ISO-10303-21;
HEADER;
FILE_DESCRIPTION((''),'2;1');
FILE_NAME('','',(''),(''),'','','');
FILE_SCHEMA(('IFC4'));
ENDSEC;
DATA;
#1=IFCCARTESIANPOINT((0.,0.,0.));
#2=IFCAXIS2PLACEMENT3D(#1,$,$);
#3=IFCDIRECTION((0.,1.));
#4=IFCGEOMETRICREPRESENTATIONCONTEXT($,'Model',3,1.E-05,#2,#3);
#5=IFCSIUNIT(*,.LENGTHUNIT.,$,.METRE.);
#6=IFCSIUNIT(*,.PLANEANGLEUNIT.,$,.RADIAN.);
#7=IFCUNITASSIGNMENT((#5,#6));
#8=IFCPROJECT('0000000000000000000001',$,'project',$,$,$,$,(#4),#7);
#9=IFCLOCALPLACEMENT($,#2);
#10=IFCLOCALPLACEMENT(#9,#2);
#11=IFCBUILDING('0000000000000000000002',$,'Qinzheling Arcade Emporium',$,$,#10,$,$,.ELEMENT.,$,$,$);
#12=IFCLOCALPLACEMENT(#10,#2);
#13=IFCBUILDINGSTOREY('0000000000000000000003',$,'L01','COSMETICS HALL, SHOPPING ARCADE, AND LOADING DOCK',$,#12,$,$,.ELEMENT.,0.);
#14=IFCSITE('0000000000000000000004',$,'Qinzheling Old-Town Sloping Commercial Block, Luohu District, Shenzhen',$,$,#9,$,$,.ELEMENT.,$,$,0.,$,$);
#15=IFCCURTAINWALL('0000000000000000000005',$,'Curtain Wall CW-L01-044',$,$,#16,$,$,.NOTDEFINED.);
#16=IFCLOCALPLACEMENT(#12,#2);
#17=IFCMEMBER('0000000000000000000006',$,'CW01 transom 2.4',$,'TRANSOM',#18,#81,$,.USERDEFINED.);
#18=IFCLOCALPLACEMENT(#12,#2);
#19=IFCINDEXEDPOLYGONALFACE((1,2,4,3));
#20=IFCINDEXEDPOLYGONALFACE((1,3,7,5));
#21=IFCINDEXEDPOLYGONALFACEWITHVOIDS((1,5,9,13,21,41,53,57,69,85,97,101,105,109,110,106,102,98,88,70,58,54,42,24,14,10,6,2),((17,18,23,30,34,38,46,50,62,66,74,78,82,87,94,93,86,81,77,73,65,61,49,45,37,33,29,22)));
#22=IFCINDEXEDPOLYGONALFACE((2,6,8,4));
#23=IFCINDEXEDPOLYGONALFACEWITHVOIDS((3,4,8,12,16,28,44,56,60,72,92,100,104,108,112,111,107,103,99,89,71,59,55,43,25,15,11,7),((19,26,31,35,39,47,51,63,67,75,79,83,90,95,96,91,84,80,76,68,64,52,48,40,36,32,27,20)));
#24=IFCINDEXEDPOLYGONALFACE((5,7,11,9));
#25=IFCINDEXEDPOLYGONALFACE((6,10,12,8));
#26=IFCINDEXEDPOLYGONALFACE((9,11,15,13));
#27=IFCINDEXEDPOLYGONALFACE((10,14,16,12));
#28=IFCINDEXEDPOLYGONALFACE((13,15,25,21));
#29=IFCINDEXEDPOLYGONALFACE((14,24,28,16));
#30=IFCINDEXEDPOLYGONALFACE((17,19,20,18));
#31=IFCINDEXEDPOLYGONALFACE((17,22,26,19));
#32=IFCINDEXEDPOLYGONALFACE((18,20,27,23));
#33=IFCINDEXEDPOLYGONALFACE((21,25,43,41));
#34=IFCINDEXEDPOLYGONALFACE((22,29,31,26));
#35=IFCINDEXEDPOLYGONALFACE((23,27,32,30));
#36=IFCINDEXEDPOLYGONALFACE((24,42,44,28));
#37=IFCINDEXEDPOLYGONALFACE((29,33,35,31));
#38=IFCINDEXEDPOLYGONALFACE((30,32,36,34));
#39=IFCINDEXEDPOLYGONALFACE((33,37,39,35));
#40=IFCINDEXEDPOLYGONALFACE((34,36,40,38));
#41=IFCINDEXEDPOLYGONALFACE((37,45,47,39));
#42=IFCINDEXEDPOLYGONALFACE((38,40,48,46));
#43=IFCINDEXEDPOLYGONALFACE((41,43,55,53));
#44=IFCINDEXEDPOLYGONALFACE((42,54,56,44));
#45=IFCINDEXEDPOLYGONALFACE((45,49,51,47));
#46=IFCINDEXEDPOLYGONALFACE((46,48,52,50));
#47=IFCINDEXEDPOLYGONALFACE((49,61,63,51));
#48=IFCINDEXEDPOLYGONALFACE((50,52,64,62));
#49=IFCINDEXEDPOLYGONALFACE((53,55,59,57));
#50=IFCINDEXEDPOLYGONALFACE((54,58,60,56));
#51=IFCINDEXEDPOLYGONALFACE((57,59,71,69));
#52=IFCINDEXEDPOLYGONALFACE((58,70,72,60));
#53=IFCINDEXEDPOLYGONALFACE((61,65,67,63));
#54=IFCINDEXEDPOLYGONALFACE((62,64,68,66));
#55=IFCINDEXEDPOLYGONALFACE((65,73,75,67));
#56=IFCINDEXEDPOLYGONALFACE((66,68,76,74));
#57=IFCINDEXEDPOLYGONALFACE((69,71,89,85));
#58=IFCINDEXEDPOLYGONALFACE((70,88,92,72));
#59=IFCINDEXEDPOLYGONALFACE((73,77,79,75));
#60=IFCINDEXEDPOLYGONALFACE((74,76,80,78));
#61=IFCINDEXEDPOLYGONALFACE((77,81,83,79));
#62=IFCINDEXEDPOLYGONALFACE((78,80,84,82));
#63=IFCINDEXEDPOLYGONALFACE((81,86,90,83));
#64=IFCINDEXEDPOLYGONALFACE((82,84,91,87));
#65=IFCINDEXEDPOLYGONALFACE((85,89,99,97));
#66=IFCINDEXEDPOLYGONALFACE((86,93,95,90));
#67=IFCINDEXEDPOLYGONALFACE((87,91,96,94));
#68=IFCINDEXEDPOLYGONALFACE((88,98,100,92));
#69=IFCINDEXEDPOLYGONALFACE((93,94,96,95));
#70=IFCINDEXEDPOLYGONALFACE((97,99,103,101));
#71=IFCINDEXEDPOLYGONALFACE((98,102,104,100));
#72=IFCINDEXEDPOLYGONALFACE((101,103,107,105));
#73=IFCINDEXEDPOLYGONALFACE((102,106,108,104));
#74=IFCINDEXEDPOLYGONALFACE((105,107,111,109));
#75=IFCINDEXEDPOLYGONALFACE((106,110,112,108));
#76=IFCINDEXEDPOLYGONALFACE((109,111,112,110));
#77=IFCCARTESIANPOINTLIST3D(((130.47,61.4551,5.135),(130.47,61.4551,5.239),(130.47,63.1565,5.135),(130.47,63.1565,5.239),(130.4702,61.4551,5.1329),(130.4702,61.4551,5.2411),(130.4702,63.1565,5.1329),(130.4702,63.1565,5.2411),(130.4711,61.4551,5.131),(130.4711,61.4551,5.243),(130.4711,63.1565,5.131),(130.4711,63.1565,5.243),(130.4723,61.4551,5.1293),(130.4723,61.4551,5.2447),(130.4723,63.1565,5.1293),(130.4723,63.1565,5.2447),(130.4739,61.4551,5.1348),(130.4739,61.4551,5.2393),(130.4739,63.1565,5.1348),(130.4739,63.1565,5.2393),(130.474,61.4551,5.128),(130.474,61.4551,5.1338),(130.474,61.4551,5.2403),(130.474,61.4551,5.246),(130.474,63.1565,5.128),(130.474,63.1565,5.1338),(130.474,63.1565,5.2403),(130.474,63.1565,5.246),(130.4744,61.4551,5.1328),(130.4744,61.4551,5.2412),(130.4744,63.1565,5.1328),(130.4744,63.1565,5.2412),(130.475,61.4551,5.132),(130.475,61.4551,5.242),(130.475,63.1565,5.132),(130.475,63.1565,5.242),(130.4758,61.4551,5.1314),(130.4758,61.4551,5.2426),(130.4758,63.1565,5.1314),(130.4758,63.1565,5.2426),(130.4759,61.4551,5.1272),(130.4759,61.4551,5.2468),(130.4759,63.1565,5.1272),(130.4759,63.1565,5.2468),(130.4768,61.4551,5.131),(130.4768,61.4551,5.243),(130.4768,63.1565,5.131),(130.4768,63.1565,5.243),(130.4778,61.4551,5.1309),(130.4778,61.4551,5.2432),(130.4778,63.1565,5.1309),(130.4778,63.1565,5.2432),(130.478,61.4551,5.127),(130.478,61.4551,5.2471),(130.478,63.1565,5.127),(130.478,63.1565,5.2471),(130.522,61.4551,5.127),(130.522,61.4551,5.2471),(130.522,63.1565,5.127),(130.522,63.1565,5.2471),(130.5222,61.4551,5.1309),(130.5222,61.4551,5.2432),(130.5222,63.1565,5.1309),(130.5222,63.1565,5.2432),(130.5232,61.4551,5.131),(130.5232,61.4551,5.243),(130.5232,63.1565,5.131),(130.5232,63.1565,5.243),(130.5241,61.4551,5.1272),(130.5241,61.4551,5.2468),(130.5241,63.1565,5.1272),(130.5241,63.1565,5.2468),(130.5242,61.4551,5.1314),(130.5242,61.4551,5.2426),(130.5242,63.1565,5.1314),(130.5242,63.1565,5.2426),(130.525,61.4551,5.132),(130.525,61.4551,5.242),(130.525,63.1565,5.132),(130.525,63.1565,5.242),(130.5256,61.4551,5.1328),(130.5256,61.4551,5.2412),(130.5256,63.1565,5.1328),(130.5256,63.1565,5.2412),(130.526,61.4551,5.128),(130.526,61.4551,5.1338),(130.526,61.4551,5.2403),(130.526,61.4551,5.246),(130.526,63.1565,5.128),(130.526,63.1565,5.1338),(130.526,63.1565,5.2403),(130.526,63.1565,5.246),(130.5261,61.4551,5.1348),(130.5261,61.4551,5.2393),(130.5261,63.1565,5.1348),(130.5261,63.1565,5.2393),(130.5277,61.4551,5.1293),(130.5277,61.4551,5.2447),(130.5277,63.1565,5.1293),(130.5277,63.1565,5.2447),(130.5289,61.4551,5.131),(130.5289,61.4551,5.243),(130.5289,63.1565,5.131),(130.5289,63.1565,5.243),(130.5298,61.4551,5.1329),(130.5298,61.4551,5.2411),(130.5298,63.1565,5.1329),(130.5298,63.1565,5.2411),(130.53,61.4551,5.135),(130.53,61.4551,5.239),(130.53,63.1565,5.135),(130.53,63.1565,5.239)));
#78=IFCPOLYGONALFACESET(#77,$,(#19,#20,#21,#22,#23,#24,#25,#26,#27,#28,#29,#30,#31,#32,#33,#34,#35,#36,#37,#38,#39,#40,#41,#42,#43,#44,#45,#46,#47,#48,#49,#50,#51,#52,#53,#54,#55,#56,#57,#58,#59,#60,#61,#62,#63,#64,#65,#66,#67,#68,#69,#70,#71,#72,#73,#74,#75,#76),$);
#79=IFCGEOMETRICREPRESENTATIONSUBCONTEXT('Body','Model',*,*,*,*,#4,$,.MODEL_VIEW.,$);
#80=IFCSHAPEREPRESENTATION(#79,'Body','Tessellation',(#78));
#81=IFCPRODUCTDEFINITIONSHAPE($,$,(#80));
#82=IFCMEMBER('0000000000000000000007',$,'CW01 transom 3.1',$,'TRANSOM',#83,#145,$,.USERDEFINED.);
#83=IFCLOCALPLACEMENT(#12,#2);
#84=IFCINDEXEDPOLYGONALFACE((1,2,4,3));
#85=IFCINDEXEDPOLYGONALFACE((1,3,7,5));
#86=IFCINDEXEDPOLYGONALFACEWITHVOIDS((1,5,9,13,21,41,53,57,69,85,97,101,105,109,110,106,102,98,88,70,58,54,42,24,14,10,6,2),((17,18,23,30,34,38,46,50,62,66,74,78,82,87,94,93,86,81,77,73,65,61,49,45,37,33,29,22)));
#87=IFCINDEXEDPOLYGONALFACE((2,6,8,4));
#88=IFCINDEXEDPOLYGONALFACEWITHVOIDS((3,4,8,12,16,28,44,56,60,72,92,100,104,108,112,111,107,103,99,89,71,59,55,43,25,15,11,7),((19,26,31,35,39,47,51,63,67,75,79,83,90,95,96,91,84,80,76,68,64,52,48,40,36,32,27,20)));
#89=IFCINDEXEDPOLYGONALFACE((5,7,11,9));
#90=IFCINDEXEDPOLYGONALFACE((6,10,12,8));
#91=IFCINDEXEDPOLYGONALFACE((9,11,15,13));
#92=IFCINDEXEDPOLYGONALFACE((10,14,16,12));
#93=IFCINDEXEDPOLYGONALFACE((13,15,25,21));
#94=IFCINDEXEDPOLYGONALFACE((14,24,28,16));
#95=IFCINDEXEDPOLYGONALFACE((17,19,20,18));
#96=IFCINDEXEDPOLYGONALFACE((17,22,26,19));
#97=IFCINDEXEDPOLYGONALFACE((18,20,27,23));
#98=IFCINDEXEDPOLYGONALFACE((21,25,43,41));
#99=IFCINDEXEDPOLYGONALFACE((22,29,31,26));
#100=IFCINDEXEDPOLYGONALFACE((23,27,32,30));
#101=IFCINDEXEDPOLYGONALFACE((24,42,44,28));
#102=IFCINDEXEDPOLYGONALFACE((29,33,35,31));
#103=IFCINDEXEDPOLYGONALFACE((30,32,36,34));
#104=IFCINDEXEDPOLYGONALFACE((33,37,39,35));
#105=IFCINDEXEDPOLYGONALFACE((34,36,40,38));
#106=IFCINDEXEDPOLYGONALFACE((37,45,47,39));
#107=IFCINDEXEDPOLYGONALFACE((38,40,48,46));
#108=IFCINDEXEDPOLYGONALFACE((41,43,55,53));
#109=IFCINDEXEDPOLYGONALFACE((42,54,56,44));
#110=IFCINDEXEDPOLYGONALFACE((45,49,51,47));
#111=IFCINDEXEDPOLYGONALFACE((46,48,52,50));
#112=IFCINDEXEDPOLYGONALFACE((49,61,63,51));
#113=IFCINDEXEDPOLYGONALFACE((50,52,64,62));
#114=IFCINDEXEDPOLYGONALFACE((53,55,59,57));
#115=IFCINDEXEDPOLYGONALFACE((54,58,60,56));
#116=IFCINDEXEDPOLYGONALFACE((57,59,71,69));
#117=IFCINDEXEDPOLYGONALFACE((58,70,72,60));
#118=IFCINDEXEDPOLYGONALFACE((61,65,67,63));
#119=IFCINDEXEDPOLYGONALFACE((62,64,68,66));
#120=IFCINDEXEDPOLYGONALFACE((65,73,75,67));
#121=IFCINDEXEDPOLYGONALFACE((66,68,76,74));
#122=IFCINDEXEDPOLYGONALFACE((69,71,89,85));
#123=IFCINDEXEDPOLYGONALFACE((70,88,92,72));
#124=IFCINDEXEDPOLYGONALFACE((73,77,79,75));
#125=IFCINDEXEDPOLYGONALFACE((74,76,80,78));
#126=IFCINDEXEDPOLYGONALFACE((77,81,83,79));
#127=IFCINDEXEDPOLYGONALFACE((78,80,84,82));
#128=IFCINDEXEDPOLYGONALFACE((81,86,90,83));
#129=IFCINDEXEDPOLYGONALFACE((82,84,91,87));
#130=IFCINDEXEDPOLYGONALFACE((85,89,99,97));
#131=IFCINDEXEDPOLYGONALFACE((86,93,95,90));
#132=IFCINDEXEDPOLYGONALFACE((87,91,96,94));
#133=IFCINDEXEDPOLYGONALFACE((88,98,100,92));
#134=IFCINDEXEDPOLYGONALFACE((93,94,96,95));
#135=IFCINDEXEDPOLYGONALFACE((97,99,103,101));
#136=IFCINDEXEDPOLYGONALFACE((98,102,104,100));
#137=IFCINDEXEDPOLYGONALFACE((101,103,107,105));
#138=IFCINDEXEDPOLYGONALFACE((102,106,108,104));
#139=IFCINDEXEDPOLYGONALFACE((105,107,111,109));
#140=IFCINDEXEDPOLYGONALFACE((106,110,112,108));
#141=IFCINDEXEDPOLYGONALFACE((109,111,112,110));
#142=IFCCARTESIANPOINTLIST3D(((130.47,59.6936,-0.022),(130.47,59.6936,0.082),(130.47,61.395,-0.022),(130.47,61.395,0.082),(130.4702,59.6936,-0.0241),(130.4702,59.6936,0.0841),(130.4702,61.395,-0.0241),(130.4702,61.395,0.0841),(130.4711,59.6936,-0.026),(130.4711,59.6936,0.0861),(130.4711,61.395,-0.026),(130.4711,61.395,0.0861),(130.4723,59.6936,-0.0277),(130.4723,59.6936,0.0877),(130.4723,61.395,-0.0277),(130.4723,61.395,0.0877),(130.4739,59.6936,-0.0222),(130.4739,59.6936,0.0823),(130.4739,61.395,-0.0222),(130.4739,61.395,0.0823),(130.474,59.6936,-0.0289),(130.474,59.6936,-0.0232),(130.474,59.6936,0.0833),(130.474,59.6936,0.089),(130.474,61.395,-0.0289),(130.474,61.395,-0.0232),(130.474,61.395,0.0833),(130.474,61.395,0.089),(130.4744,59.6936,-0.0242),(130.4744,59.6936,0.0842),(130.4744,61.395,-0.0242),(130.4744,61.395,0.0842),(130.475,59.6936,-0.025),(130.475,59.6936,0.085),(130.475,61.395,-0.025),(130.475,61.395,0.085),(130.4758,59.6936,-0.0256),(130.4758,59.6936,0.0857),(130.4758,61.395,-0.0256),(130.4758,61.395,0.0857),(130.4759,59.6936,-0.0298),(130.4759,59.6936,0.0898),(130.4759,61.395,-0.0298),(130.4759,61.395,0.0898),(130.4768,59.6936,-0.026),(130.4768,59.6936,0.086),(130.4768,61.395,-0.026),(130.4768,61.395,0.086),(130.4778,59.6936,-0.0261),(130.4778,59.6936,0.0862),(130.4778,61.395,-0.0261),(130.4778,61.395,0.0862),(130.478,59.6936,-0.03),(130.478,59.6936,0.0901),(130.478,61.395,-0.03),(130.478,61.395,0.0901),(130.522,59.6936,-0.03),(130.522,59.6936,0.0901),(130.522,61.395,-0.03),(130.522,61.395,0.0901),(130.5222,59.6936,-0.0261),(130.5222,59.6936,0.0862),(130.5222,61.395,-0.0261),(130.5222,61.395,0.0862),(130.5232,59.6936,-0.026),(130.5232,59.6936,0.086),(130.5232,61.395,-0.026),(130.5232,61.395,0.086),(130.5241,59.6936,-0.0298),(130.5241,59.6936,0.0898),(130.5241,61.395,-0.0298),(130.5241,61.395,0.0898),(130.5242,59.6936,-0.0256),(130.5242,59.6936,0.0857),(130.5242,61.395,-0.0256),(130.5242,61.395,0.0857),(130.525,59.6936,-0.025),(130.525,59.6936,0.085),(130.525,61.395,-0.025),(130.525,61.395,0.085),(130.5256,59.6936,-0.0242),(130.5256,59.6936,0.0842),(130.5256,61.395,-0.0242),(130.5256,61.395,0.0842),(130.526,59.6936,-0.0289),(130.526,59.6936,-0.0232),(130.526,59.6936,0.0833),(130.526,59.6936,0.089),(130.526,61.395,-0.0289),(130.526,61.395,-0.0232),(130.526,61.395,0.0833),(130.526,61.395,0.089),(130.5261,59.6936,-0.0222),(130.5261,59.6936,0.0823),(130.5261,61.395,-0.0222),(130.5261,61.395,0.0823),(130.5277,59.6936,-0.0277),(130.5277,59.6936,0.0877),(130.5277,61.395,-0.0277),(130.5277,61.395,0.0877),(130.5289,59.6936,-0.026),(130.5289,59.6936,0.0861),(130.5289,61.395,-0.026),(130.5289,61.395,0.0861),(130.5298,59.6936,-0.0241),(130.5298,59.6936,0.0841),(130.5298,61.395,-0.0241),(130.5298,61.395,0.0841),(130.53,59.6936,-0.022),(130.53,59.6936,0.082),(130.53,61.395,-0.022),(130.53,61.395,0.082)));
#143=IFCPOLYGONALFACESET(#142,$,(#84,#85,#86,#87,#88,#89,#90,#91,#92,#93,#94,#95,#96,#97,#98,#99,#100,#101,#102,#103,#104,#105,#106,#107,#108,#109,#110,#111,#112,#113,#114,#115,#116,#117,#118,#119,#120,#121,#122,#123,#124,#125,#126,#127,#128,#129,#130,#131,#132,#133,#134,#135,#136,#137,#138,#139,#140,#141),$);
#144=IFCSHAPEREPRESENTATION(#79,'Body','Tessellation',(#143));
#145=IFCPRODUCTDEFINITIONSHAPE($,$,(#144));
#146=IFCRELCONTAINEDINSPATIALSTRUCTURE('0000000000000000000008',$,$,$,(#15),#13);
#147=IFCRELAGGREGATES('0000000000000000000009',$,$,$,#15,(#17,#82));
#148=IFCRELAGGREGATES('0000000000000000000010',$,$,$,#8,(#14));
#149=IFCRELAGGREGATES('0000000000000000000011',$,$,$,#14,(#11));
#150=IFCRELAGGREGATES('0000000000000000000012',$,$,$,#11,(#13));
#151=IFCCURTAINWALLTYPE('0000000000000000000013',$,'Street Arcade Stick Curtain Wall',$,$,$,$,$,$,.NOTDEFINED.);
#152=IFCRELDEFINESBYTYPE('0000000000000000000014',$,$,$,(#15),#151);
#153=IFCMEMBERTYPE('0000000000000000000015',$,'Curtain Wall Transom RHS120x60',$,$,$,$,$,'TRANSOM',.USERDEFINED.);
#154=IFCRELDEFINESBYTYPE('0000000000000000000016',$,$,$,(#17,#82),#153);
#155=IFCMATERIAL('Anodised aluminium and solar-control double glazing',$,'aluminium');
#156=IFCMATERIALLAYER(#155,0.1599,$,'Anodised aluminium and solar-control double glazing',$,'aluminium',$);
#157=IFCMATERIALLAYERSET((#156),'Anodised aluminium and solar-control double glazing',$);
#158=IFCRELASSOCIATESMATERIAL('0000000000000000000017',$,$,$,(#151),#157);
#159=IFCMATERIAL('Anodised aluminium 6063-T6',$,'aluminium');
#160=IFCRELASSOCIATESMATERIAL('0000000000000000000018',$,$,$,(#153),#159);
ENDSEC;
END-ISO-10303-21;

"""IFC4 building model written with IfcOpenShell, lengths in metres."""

from ifc_helpers import new_model, si_unit, direction, frame, origin, origin_2d, place, context, subcontext, project, spatial, hollow_rectangle, extrude, material, layer, layer_set, material_profile, profile_set, type_object, element, aggregate, save


model = new_model("IFC4")

# Units and contexts
model_context = context("Model", 3, precision=1e-05, world=origin(), true_north=direction((0.0, 1.0)))
body_context = subcontext(model_context, "Body", "Model", "MODEL_VIEW")
ifc_project = project(units=[si_unit("LENGTHUNIT", "METRE"), si_unit("PLANEANGLEUNIT", "RADIAN")], contexts=[model_context])

# Site, building, storey
site_placement = place(None, origin())
site = spatial("IfcSite", under=ifc_project, at=site_placement, Name="Qinzheling Old-Town Sloping Commercial Block, Luohu District, Shenzhen", CompositionType="ELEMENT", RefElevation=0.0)
building_placement = place(site_placement, origin())
building = spatial("IfcBuilding", under=site, at=building_placement, Name="Qinzheling Arcade Emporium", CompositionType="ELEMENT")
storey_placement = place(building_placement, origin())
storey = spatial("IfcBuildingStorey", under=building, at=storey_placement, Name="L01", Description="COSMETICS HALL, SHOPPING ARCADE, AND LOADING DOCK", CompositionType="ELEMENT", Elevation=0.0)

# Shared definitions
ifc_material_1 = material(Name="Anodised aluminium and solar-control double glazing", Category="aluminium")
ifc_layer_1 = layer(ifc_material_1, 0.1599, Name="Anodised aluminium and solar-control double glazing", Category="aluminium")
ifc_layer_set_1 = layer_set([ifc_layer_1], Name="Anodised aluminium and solar-control double glazing")
curtain_wall_type = type_object("IfcCurtainWallType", Name="Street Arcade Stick Curtain Wall", PredefinedType="NOTDEFINED", material=ifc_layer_set_1)
ifc_material_2 = material(Name="Anodised aluminium 6063-T6", Category="aluminium")

# Curtain wall, members
curtain_wall_1_placement = place(storey_placement, origin())
curtain_wall_1 = element("IfcCurtainWall", 1, at=curtain_wall_1_placement, inside=storey, type_object=curtain_wall_type, Name="Curtain Wall CW-L01-044", PredefinedType="NOTDEFINED")
ifc_material_profile_1 = material_profile(ifc_material_2, hollow_rectangle(XDim=0.0601, YDim=0.1201, WallThickness=0.0039, InnerFilletRadius=0.0039, OuterFilletRadius=0.0081, at=origin_2d()), Name="RHS 120x60x4", Category="aluminium")
ifc_profile_set_1 = profile_set([ifc_material_profile_1], Name="Anodised aluminium 6063-T6")
member_type_1 = type_object("IfcMemberType", Name="Curtain Wall Transom RHS120x60", ElementType="TRANSOM", PredefinedType="USERDEFINED", material=ifc_profile_set_1)
member_1_placement = place(storey_placement, frame((130.5, 63.1565, 5.187), z_axis=(0.0, -1.0, 0.0), x_axis=(1.0, 0.0, 0.0)))
member_1 = element("IfcMember", 2, at=member_1_placement, type_object=member_type_1, Name="CW01 transom 2.4", ObjectType="TRANSOM", PredefinedType="USERDEFINED", context=body_context, shape_type="SweptSolid", body=[
    extrude(hollow_rectangle(XDim=0.0601, YDim=0.1201, WallThickness=0.0039, InnerFilletRadius=0.0039, OuterFilletRadius=0.0081, at=origin_2d()), origin(), (0.0, 0.0, 1.0), 1.7014),
])
member_2_placement = place(storey_placement, frame((130.5, 61.395, 0.03), z_axis=(0.0, -1.0, 0.0), x_axis=(1.0, 0.0, 0.0)))
member_2 = element("IfcMember", 3, at=member_2_placement, type_object=member_type_1, Name="CW01 transom 3.1", ObjectType="TRANSOM", PredefinedType="USERDEFINED", context=body_context, shape_type="SweptSolid", body=[
    extrude(hollow_rectangle(XDim=0.0601, YDim=0.1201, WallThickness=0.0039, InnerFilletRadius=0.0039, OuterFilletRadius=0.0081, at=origin_2d()), origin(), (0.0, 0.0, 1.0), 1.7014),
])

aggregate(curtain_wall_1, [member_1, member_2])

save(model, "model.ifc")
